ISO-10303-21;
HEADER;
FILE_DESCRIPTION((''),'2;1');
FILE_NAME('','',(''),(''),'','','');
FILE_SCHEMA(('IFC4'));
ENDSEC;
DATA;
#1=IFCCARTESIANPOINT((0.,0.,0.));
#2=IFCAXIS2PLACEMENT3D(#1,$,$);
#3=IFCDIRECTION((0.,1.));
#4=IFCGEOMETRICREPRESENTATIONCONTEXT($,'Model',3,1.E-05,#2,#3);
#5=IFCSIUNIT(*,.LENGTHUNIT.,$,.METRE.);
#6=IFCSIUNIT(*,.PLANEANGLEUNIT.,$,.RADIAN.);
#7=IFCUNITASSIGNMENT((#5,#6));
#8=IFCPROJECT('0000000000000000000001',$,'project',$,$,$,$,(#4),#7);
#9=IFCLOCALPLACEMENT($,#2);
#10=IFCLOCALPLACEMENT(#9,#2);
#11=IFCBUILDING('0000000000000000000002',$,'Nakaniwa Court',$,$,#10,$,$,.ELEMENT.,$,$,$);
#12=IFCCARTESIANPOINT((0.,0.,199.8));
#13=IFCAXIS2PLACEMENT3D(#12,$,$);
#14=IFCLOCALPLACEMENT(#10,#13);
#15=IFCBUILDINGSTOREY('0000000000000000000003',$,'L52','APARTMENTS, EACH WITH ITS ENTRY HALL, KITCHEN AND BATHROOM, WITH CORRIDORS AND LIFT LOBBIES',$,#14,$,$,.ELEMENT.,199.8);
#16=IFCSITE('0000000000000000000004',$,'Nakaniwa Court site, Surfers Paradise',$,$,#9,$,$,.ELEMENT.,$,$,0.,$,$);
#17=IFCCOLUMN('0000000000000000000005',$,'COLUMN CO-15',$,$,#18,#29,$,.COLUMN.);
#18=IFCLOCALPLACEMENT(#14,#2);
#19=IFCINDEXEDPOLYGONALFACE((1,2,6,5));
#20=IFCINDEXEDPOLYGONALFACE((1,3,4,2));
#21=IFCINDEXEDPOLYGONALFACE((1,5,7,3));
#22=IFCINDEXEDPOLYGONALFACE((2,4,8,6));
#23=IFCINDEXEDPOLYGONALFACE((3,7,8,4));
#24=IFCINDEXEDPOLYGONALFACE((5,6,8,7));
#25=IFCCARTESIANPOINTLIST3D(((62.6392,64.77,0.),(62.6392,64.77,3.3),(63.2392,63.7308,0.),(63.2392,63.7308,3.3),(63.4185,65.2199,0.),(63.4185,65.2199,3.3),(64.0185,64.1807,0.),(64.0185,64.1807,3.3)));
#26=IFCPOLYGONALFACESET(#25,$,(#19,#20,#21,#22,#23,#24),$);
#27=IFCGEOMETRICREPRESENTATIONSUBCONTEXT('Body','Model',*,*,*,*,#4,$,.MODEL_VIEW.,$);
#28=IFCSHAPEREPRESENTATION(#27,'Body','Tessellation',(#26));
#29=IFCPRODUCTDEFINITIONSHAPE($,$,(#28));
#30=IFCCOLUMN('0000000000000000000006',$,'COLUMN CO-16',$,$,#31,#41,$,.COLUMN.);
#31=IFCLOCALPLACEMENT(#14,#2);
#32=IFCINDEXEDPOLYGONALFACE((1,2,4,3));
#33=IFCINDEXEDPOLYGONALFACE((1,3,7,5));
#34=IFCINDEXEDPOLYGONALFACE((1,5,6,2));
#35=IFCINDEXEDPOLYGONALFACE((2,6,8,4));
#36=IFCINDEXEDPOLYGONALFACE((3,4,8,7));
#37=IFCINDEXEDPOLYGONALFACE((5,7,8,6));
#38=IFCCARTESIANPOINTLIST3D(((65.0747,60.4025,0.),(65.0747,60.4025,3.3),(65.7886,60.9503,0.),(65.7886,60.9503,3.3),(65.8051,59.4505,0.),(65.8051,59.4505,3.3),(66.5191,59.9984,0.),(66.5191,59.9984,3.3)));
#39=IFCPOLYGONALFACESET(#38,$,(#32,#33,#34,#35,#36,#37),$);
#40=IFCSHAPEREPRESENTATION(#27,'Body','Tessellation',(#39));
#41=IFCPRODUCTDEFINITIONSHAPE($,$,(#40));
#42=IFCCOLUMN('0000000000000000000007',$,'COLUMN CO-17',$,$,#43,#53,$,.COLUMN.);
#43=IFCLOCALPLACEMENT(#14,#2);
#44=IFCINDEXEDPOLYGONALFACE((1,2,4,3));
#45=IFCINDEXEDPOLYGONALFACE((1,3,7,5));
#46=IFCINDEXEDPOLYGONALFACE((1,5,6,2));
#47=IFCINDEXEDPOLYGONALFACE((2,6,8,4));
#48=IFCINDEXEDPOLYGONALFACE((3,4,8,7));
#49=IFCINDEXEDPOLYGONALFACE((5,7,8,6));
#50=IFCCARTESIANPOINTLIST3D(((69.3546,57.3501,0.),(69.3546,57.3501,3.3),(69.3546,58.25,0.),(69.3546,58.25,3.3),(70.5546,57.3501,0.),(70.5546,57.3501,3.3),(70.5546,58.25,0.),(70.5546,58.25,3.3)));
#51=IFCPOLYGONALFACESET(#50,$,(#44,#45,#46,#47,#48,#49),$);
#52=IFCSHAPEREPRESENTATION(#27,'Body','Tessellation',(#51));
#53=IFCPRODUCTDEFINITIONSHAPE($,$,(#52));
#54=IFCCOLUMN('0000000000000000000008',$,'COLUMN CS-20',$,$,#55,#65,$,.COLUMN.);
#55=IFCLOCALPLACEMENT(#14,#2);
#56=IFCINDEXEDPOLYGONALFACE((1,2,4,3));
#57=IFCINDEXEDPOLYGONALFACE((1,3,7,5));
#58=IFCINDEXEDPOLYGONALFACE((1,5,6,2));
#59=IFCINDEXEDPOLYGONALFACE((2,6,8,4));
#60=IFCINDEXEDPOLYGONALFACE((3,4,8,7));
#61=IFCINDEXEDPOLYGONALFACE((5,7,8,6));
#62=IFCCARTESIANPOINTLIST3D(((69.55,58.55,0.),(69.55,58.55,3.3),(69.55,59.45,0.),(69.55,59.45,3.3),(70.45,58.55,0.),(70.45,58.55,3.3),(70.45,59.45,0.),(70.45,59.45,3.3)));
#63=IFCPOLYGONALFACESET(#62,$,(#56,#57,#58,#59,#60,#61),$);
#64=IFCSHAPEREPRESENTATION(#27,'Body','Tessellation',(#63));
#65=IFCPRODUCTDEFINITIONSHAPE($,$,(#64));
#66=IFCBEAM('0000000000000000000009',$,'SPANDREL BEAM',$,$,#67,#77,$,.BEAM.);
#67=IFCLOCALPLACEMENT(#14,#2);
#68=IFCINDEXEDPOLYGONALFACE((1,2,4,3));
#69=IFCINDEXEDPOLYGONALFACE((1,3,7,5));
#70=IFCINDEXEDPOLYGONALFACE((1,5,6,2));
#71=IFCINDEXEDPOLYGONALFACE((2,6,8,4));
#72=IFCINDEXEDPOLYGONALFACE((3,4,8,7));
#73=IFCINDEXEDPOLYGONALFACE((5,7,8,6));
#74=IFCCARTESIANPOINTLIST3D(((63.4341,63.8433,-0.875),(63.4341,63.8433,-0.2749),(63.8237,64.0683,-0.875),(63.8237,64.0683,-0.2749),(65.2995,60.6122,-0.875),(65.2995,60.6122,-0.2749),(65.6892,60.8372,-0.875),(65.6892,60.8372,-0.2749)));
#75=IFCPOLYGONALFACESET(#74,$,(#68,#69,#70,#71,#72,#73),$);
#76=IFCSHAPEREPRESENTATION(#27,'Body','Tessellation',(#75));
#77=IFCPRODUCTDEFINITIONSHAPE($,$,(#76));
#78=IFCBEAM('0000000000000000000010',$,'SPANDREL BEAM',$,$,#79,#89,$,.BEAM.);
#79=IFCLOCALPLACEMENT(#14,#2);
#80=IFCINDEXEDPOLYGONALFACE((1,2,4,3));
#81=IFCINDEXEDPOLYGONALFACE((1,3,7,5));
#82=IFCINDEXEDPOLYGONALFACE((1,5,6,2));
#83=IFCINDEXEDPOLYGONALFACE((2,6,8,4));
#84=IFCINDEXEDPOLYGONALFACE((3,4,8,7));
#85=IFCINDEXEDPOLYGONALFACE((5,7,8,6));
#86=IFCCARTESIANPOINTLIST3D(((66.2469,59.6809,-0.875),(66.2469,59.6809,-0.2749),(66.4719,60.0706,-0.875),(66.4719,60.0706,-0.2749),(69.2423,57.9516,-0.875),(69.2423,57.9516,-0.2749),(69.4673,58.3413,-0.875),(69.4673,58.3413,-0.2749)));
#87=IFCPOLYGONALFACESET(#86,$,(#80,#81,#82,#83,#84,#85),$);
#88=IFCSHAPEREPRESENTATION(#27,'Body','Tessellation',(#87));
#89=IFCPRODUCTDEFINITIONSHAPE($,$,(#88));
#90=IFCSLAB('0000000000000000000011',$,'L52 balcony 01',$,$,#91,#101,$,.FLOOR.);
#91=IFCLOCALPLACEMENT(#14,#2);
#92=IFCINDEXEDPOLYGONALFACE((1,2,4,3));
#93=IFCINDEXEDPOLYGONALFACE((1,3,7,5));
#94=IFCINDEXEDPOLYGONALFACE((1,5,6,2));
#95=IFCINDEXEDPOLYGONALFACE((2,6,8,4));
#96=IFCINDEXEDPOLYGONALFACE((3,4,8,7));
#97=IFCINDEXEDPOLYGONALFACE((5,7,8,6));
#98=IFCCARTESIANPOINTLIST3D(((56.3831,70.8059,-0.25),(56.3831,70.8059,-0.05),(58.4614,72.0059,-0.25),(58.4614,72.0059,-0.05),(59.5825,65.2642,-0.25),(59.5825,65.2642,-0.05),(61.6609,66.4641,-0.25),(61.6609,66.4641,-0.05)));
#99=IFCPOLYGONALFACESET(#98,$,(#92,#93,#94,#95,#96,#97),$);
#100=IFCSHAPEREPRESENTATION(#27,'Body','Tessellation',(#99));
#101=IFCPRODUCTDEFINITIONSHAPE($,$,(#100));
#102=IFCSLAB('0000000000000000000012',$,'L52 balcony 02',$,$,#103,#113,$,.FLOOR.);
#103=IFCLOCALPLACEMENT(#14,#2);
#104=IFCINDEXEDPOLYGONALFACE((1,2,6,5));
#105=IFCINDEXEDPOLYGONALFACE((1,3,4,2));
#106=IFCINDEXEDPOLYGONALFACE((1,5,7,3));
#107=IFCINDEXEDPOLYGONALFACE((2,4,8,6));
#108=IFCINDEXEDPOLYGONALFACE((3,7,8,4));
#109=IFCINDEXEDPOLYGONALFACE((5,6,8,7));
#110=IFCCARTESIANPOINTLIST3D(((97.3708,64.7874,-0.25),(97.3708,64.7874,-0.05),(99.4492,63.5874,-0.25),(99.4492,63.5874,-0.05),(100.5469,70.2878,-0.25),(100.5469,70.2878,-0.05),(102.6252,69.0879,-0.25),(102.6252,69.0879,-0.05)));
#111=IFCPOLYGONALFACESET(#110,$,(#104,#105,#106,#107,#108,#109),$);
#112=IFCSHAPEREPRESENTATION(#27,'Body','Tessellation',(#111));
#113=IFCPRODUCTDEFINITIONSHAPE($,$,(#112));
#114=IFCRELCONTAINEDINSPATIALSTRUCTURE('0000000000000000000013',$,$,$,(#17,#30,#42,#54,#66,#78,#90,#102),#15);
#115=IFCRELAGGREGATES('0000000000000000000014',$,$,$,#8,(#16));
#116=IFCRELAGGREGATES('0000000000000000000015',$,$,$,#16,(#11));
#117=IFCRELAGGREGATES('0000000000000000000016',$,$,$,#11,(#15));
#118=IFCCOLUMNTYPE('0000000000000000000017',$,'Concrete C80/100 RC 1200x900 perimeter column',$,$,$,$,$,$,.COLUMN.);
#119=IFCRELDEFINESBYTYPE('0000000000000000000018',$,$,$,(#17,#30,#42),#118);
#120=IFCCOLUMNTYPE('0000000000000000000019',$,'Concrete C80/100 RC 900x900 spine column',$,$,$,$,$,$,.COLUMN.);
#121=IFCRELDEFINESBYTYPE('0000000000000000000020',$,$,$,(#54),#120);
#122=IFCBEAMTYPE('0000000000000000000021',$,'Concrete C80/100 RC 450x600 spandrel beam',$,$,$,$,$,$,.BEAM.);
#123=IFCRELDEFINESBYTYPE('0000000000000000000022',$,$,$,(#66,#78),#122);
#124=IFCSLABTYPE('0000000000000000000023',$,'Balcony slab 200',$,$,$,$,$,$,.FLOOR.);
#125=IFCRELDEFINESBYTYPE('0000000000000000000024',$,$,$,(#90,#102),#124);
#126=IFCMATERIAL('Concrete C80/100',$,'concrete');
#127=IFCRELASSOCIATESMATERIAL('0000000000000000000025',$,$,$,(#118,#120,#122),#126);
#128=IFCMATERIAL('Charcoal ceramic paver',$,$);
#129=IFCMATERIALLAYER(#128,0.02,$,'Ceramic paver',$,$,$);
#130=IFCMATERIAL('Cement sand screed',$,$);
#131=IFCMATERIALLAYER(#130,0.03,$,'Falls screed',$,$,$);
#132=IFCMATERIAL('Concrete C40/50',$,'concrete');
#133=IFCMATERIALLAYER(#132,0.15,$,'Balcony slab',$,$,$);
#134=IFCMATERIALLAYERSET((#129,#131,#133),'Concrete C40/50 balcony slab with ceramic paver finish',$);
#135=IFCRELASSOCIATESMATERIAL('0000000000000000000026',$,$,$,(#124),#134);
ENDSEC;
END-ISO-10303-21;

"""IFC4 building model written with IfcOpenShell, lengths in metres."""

from ifc_helpers import new_model, si_unit, direction, frame, origin, origin_2d, place, context, subcontext, project, spatial, polyline, rectangle, outline, extrude, material, layer, layer_set, material_profile, profile_set, type_object, element, save


model = new_model("IFC4")

# Units and contexts
model_context = context("Model", 3, precision=1e-05, world=origin(), true_north=direction((0.0, 1.0)))
body_context = subcontext(model_context, "Body", "Model", "MODEL_VIEW")
ifc_project = project(units=[si_unit("LENGTHUNIT", "METRE"), si_unit("PLANEANGLEUNIT", "RADIAN")], contexts=[model_context])

# Site, building, storey
site_placement = place(None, origin())
site = spatial("IfcSite", under=ifc_project, at=site_placement, Name="Nakaniwa Court site, Surfers Paradise", CompositionType="ELEMENT", RefElevation=0.0)
building_placement = place(site_placement, origin())
building = spatial("IfcBuilding", under=site, at=building_placement, Name="Nakaniwa Court", CompositionType="ELEMENT")
storey_placement = place(building_placement, frame((0.0, 0.0, 199.8)))
storey = spatial("IfcBuildingStorey", under=building, at=storey_placement, Name="L52", Description="APARTMENTS, EACH WITH ITS ENTRY HALL, KITCHEN AND BATHROOM, WITH CORRIDORS AND LIFT LOBBIES", CompositionType="ELEMENT", Elevation=199.8)

# Columns
ifc_material_1 = material(Name="Concrete C80/100", Category="concrete")
ifc_material_profile_1 = material_profile(ifc_material_1, rectangle(XDim=1.2, YDim=0.8999, at=origin_2d()), Name="Concrete C80/100 RC 1200x900 perimeter column")
ifc_profile_set_1 = profile_set([ifc_material_profile_1], Name="Concrete C80/100")
column_type_1 = type_object("IfcColumnType", Name="Concrete C80/100 RC 1200x900 perimeter column", PredefinedType="COLUMN", material=ifc_profile_set_1)
for number, where, z_axis, x_axis, name in (
    (1, (63.3289, 64.4753, 0.0), (0.0, 0.0, 1.0), (0.5, -0.866025, 0.0), "COLUMN CO-15"),
    (2, (65.7969, 60.2004, 0.0), (0.0, 0.0, 1.0), (0.608761, -0.793353, 0.0), "COLUMN CO-16"),
    (3, (69.9546, 57.8, 0.0), (0.0, 0.0, 1.0), (1.0, 0.0, 0.0), "COLUMN CO-17"),
):
    element("IfcColumn", number, at=place(storey_placement, frame(where, z_axis=z_axis, x_axis=x_axis)), inside=storey, type_object=column_type_1, Name=name, PredefinedType="COLUMN", context=body_context, shape_type="SweptSolid", body=[
        extrude(rectangle(XDim=1.2, YDim=0.8999, at=origin_2d()), origin(), (0.0, 0.0, 1.0), 3.3),
    ])
ifc_material_profile_2 = material_profile(ifc_material_1, rectangle(XDim=0.8999, YDim=0.8999, at=origin_2d()), Name="Concrete C80/100 RC 900x900 spine column")
ifc_profile_set_2 = profile_set([ifc_material_profile_2], Name="Concrete C80/100")
column_type_2 = type_object("IfcColumnType", Name="Concrete C80/100 RC 900x900 spine column", PredefinedType="COLUMN", material=ifc_profile_set_2)
column_placement = place(storey_placement, frame((70.0, 59.0, 0.0), z_axis=(0.0, 0.0, 1.0), x_axis=(0.0, -1.0, 0.0)))
element("IfcColumn", 4, at=column_placement, inside=storey, type_object=column_type_2, Name="COLUMN CS-20", PredefinedType="COLUMN", context=body_context, shape_type="SweptSolid", body=[
    extrude(rectangle(XDim=0.8999, YDim=0.8999, at=origin_2d()), origin(), (0.0, 0.0, 1.0), 3.3),
])

# Beams
ifc_material_profile_3 = material_profile(ifc_material_1, rectangle(XDim=0.45, YDim=0.6001, at=origin_2d()), Name="Concrete C80/100 RC 450x600 spandrel beam")
ifc_profile_set_3 = profile_set([ifc_material_profile_3], Name="Concrete C80/100")
beam_type = type_object("IfcBeamType", Name="Concrete C80/100 RC 450x600 spandrel beam", PredefinedType="BEAM", material=ifc_profile_set_3)
beam_1_placement = place(storey_placement, frame((63.6289, 63.9558, -0.575), z_axis=(0.499989, -0.866032, 0.0), x_axis=(0.866032, 0.499989, 0.0)))
element("IfcBeam", 5, at=beam_1_placement, inside=storey, type_object=beam_type, Name="SPANDREL BEAM", PredefinedType="BEAM", context=body_context, shape_type="SweptSolid", body=[
    extrude(rectangle(XDim=0.45, YDim=0.6001, at=origin_2d()), origin(), (0.0, 0.0, 1.0), 3.731),
])
beam_2_placement = place(storey_placement, frame((66.3594, 59.8757, -0.575), z_axis=(0.866041, -0.499973, 0.0), x_axis=(0.499973, 0.866041, 0.0)))
element("IfcBeam", 6, at=beam_2_placement, inside=storey, type_object=beam_type, Name="SPANDREL BEAM", PredefinedType="BEAM", context=body_context, shape_type="SweptSolid", body=[
    extrude(rectangle(XDim=0.45, YDim=0.6001, at=origin_2d()), origin(), (0.0, 0.0, 1.0), 3.4587),
])

# Slabs
ifc_material_2 = material(Name="Charcoal ceramic paver")
ifc_layer_1 = layer(ifc_material_2, 0.02, Name="Ceramic paver")
ifc_material_3 = material(Name="Cement sand screed")
ifc_layer_2 = layer(ifc_material_3, 0.03, Name="Falls screed")
ifc_material_4 = material(Name="Concrete C40/50", Category="concrete")
ifc_layer_3 = layer(ifc_material_4, 0.15, Name="Balcony slab")
ifc_layer_set_1 = layer_set([ifc_layer_1, ifc_layer_2, ifc_layer_3], Name="Concrete C40/50 balcony slab with ceramic paver finish")
slab_type_1 = type_object("IfcSlabType", Name="Balcony slab 200", PredefinedType="FLOOR", material=ifc_layer_set_1)
slab_1_placement = place(storey_placement, frame((0.0, 0.0, -0.25)))
element("IfcSlab", 7, at=slab_1_placement, inside=storey, type_object=slab_type_1, Name="L52 balcony 01", PredefinedType="FLOOR", context=body_context, shape_type="SweptSolid", body=[
    extrude(outline(polyline([(58.4614, 72.0059), (61.6609, 66.4641), (59.5825, 65.2642), (56.3831, 70.8059), (58.4614, 72.0059)])), origin(), (0.0, 0.0, 1.0), 0.2),
])
slab_2_placement = place(storey_placement, frame((0.0, 0.0, -0.25)))
element("IfcSlab", 8, at=slab_2_placement, inside=storey, type_object=slab_type_1, Name="L52 balcony 02", PredefinedType="FLOOR", context=body_context, shape_type="SweptSolid", body=[
    extrude(outline(polyline([(97.3708, 64.7874), (100.5469, 70.2878), (102.6252, 69.0879), (99.4492, 63.5874), (97.3708, 64.7874)])), origin(), (0.0, 0.0, 1.0), 0.2),
])

save(model, "model.ifc")
